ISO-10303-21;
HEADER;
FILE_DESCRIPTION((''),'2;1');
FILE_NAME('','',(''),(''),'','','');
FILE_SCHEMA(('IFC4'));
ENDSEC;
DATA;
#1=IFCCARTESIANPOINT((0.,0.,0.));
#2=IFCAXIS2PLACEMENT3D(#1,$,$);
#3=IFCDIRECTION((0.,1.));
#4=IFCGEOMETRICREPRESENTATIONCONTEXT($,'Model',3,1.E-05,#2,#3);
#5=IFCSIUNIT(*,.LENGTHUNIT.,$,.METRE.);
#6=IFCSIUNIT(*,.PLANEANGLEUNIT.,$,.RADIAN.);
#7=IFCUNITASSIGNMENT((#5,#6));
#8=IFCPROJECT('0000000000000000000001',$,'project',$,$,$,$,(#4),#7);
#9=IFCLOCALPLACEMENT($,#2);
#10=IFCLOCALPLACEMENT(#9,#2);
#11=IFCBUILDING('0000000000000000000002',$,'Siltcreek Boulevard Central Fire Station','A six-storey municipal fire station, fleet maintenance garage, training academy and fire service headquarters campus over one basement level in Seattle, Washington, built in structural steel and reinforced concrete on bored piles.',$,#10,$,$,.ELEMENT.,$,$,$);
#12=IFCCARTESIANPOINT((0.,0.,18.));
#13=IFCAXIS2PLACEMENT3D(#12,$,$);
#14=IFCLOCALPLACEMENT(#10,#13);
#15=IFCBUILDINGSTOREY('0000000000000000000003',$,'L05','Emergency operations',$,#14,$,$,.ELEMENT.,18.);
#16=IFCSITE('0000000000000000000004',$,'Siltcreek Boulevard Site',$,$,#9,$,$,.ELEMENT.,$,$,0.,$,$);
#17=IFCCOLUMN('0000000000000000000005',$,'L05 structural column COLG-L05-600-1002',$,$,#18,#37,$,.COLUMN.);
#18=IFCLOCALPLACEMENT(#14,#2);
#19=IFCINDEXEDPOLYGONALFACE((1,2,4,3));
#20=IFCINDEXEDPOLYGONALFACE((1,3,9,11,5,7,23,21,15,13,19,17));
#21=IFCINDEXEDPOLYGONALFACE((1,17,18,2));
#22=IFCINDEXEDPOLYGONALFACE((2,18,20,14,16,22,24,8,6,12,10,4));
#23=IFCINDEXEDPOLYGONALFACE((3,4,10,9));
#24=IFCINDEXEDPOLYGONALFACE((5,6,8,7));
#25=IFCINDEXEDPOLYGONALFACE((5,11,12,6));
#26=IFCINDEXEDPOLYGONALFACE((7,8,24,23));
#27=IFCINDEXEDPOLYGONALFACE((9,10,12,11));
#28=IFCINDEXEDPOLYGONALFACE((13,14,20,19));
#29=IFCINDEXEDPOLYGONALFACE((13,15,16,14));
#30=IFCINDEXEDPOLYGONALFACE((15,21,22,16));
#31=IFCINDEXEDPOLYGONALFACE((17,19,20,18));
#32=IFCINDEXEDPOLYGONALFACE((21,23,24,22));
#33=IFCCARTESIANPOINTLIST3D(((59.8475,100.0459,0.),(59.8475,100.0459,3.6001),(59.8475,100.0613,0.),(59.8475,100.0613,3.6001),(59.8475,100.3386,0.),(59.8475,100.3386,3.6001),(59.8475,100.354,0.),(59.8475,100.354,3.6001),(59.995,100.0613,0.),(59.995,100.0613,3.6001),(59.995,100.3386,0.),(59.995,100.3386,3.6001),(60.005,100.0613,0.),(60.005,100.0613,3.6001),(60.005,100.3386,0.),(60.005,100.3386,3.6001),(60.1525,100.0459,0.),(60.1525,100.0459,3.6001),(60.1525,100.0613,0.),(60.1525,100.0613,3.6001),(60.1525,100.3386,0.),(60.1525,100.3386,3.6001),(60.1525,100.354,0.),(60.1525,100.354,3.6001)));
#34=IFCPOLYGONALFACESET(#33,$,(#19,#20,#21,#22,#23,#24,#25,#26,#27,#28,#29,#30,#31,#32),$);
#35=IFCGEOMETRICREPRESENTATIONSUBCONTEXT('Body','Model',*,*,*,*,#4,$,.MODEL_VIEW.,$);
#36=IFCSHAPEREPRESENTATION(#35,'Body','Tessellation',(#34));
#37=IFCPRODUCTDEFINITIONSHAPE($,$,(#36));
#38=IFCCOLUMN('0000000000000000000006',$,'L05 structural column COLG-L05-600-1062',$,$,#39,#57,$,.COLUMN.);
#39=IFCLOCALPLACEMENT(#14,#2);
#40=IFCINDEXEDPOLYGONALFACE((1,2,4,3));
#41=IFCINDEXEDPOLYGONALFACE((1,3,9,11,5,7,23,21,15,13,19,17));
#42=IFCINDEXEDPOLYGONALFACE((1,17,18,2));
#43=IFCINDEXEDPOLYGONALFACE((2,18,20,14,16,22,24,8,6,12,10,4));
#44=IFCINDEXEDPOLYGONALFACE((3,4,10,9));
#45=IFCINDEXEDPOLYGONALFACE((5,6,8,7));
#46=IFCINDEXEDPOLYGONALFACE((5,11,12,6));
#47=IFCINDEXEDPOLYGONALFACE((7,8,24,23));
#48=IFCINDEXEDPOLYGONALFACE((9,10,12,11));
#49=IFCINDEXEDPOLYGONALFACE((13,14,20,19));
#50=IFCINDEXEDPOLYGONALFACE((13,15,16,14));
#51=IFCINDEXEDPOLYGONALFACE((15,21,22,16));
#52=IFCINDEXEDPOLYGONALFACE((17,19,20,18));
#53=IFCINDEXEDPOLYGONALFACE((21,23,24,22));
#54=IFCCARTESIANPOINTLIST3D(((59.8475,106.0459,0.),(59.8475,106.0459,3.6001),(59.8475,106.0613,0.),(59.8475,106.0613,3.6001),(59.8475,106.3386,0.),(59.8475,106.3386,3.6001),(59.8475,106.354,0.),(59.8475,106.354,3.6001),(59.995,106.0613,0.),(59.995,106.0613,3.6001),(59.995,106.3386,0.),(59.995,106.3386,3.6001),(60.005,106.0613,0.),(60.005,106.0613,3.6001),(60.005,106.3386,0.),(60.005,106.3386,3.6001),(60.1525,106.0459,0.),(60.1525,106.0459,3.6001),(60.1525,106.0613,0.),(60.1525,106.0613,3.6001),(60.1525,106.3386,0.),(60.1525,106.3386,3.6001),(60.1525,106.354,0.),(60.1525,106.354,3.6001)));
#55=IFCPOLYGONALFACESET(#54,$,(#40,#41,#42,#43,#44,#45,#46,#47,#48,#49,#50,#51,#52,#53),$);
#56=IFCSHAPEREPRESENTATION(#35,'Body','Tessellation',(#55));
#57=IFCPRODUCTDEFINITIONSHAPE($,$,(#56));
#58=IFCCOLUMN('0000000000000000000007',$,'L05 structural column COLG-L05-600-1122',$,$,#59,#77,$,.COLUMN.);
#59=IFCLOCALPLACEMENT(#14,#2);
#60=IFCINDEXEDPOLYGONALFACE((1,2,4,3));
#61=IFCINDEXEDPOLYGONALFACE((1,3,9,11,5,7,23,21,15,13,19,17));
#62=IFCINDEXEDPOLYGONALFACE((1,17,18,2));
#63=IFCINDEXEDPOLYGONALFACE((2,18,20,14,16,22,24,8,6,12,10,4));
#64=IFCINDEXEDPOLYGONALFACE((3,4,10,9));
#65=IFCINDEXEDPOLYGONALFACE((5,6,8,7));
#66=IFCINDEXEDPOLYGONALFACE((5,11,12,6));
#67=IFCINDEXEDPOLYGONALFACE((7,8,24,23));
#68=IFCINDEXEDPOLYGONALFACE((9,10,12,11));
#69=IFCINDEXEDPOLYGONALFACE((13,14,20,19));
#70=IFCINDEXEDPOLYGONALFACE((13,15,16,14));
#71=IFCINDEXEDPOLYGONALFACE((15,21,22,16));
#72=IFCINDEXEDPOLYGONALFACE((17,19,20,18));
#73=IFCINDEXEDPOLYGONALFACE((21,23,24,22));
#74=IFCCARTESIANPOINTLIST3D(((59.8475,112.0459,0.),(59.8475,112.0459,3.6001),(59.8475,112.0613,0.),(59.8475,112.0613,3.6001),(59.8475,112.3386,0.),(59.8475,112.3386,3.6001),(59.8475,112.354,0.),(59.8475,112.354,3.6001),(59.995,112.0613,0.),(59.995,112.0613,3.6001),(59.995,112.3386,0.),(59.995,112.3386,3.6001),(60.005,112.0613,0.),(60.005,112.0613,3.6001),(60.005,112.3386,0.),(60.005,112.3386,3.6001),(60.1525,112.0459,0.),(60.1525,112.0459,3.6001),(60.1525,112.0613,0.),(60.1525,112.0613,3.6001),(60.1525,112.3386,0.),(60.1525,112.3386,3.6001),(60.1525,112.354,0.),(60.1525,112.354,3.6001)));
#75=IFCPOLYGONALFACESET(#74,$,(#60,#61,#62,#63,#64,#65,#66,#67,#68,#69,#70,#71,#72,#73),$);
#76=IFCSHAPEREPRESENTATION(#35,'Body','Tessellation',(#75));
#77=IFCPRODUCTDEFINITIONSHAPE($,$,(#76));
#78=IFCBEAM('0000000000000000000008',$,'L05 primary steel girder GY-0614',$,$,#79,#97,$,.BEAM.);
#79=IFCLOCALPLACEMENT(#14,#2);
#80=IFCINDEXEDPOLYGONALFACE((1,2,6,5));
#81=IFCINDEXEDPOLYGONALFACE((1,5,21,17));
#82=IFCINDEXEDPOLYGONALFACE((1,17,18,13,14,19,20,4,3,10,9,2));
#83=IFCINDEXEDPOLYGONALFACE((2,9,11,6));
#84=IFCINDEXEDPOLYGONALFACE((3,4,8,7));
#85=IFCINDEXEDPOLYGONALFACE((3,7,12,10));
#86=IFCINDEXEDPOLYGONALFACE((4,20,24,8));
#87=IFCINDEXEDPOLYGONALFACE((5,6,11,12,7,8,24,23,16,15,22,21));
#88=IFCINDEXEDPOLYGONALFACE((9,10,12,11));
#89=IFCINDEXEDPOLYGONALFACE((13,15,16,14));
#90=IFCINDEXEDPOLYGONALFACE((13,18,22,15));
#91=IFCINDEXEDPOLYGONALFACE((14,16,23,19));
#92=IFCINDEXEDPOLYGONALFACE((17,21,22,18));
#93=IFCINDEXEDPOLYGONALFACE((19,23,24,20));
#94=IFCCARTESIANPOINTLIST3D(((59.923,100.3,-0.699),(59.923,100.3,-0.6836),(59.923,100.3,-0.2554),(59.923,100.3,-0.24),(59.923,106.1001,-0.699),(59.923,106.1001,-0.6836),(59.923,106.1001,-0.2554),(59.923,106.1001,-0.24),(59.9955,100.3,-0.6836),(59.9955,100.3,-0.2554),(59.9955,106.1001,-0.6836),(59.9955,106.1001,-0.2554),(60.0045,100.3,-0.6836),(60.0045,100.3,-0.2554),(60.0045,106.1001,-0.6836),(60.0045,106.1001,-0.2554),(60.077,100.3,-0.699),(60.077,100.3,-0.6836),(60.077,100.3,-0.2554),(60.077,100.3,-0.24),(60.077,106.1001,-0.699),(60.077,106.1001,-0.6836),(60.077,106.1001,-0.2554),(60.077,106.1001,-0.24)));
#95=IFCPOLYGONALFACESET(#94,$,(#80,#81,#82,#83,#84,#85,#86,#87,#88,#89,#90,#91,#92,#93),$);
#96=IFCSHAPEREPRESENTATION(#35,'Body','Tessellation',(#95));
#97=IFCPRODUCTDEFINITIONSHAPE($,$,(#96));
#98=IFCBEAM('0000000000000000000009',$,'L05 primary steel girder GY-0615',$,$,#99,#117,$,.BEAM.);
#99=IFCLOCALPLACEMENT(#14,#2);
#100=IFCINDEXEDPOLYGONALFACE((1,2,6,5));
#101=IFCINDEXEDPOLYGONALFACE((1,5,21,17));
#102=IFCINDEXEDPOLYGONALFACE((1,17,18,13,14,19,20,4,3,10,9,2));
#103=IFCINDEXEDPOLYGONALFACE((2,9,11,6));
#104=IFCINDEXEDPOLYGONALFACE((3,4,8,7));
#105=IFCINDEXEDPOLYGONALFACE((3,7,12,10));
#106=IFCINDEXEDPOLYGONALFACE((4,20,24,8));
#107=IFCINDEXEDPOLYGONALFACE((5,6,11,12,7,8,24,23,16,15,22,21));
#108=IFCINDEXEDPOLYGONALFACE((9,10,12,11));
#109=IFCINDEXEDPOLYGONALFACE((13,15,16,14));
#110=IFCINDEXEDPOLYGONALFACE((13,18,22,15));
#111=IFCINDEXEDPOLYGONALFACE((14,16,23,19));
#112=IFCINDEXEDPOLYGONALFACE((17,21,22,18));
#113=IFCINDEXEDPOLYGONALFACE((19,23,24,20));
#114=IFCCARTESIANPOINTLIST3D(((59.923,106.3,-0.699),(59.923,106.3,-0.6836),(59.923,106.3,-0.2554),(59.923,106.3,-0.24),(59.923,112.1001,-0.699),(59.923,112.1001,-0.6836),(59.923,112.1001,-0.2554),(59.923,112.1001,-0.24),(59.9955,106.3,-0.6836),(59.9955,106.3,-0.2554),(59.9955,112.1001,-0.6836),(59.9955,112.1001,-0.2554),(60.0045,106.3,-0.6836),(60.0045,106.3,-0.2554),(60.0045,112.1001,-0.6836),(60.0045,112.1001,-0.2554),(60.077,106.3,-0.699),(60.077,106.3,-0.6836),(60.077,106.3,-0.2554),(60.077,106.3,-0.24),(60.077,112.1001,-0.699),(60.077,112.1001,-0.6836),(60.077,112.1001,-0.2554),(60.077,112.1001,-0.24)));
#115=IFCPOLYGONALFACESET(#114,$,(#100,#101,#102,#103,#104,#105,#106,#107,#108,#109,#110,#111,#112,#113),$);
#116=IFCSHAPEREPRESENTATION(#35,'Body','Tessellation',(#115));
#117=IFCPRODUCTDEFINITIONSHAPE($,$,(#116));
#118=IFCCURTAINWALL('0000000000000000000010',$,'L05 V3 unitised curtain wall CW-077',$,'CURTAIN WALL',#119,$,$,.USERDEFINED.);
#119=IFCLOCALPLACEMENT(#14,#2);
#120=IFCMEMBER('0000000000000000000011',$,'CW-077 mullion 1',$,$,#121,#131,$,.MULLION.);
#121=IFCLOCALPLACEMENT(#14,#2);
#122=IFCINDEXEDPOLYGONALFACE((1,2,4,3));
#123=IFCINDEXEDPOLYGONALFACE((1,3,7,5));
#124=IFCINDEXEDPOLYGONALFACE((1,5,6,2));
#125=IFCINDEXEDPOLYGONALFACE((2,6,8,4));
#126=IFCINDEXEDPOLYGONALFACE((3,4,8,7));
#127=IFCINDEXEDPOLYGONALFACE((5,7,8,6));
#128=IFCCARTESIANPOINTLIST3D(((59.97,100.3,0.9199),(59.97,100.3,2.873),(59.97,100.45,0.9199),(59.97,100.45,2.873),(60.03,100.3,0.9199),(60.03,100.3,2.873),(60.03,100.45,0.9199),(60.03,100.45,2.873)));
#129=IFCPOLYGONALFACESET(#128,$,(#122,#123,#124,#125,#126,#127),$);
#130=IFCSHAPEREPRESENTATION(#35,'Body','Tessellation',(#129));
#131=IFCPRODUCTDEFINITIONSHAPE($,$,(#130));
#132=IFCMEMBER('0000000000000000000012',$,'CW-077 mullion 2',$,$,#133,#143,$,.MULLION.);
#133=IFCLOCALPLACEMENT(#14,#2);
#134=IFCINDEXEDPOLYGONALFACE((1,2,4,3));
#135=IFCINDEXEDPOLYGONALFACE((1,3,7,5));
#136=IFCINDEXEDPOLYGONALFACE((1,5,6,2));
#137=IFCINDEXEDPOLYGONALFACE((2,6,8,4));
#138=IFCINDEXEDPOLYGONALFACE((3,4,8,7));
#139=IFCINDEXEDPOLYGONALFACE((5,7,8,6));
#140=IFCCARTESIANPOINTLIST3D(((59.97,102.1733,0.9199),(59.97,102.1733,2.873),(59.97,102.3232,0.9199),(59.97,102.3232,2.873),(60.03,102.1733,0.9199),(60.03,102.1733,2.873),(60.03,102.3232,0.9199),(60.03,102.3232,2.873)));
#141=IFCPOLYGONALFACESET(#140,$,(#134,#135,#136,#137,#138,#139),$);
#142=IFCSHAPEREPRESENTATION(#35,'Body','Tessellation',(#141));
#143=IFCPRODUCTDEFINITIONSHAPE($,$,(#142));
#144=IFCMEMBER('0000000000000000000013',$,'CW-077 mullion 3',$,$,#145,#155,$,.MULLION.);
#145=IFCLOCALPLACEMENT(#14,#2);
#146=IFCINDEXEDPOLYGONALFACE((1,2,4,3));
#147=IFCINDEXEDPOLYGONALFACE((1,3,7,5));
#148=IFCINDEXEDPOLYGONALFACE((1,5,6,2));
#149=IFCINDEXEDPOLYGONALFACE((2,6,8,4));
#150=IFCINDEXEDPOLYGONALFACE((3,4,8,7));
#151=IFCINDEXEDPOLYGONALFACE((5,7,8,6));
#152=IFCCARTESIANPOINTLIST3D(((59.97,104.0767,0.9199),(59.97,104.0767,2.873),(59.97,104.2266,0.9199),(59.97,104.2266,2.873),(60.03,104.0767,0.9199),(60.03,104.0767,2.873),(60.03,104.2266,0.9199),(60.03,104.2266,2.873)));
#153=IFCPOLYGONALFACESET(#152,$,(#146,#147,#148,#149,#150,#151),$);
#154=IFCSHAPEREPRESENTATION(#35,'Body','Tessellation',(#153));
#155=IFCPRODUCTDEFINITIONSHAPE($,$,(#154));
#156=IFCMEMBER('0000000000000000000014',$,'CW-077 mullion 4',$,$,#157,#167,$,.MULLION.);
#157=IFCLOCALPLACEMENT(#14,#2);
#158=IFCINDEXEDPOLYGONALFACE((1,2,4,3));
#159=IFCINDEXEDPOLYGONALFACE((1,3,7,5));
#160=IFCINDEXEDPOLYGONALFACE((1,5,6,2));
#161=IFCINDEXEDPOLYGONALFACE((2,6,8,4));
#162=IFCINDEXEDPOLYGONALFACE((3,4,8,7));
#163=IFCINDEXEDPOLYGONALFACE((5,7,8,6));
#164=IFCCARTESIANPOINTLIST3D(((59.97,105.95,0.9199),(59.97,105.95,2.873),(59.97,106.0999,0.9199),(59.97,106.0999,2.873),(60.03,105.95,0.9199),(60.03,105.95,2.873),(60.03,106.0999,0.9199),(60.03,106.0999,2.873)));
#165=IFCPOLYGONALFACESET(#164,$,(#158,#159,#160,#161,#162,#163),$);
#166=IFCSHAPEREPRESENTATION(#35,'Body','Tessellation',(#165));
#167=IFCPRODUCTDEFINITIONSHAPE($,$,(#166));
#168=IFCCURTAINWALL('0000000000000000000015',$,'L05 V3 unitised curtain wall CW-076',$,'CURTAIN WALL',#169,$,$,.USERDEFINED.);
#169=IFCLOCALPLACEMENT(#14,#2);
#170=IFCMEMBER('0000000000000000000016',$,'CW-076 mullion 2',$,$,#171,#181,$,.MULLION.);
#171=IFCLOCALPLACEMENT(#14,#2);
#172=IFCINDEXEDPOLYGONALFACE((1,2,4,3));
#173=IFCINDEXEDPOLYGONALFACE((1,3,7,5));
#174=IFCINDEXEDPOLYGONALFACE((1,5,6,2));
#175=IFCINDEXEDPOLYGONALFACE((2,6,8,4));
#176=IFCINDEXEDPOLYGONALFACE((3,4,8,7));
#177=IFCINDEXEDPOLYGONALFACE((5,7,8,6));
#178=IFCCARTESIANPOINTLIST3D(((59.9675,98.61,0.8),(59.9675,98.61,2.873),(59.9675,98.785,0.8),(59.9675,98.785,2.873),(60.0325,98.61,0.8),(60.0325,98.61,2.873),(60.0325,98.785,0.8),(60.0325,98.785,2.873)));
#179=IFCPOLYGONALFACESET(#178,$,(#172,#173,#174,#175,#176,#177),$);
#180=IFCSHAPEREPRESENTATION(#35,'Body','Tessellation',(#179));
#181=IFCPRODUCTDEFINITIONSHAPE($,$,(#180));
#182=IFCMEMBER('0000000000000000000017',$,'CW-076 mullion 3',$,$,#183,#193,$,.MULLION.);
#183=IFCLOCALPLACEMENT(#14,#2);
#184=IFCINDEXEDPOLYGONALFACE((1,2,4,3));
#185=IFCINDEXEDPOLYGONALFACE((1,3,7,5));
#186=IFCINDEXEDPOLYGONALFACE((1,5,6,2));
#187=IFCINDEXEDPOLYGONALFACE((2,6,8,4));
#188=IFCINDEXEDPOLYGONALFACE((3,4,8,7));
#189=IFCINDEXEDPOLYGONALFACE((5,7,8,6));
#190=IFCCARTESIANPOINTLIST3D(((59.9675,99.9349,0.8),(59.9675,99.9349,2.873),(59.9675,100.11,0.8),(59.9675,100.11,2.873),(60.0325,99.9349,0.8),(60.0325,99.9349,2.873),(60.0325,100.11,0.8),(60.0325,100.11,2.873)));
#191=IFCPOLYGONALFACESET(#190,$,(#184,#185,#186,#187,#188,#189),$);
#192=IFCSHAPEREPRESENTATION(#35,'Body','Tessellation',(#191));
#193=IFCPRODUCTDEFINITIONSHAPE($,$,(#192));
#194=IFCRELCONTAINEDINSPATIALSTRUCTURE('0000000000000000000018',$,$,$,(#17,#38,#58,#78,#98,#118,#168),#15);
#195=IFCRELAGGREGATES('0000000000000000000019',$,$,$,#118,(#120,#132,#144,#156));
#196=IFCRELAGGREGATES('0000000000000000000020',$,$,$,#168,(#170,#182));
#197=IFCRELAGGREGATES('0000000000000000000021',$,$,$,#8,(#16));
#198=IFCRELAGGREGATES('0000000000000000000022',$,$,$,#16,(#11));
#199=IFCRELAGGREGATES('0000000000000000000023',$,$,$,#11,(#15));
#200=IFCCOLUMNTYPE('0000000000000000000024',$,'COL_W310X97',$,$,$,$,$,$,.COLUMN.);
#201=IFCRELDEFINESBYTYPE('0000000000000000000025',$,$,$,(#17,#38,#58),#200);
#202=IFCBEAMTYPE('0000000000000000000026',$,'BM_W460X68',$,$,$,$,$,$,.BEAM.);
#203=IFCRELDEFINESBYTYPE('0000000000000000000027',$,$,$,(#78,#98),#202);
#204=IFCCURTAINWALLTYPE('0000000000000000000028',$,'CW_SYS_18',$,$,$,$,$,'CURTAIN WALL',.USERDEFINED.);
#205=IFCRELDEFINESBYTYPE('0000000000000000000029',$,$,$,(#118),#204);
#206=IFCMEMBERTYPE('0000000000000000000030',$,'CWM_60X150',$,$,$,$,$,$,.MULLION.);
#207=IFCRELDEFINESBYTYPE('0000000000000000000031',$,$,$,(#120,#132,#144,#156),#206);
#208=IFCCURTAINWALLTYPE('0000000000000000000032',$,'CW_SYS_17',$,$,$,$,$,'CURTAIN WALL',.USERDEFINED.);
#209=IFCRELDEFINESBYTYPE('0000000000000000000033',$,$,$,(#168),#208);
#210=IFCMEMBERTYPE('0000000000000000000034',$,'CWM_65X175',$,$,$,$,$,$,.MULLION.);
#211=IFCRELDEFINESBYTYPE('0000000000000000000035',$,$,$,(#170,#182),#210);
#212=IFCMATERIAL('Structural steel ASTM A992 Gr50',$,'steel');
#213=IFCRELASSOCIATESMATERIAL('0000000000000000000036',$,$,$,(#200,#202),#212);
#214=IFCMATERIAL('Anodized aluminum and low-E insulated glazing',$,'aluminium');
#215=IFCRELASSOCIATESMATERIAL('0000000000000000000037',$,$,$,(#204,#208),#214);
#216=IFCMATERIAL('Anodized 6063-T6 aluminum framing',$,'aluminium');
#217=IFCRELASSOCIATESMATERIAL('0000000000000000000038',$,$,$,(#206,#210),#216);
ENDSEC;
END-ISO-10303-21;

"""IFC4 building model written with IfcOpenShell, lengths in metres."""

from ifc_helpers import new_model, si_unit, direction, frame, origin, origin_2d, place, context, subcontext, project, spatial, rectangle, i_section, extrude, material, material_profile, profile_set, type_object, element, aggregate, save


model = new_model("IFC4")

# Units and contexts
model_context = context("Model", 3, precision=1e-05, world=origin(), true_north=direction((0.0, 1.0)))
body_context = subcontext(model_context, "Body", "Model", "MODEL_VIEW")
ifc_project = project(units=[si_unit("LENGTHUNIT", "METRE"), si_unit("PLANEANGLEUNIT", "RADIAN")], contexts=[model_context])

# Site, building, storey
site_placement = place(None, origin())
site = spatial("IfcSite", under=ifc_project, at=site_placement, Name="Siltcreek Boulevard Site", CompositionType="ELEMENT", RefElevation=0.0)
building_placement = place(site_placement, origin())
building = spatial("IfcBuilding", under=site, at=building_placement, Name="Siltcreek Boulevard Central Fire Station", Description="A six-storey municipal fire station, fleet maintenance garage, training academy and fire service headquarters campus over one basement level in Seattle, Washington, built in structural steel and reinforced concrete on bored piles.", CompositionType="ELEMENT")
storey_placement = place(building_placement, frame((0.0, 0.0, 18.0)))
storey = spatial("IfcBuildingStorey", under=building, at=storey_placement, Name="L05", Description="Emergency operations", CompositionType="ELEMENT", Elevation=18.0)

# Columns
ifc_material_1 = material(Name="Structural steel ASTM A992 Gr50", Category="steel")
ifc_material_profile_1 = material_profile(ifc_material_1, i_section(OverallWidth=0.3049, OverallDepth=0.3081, WebThickness=0.01, FlangeThickness=0.0154, at=origin_2d()), Name="W310X97")
ifc_profile_set_1 = profile_set([ifc_material_profile_1], Name="Structural steel ASTM A992 Gr50")
column_type = type_object("IfcColumnType", Name="COL_W310X97", PredefinedType="COLUMN", material=ifc_profile_set_1)
for number, where, z_axis, x_axis, name in (
    (1, (60.0, 100.2, 0.0), (0.0, 0.0, 1.0), (1.0, 0.0, 0.0), "L05 structural column COLG-L05-600-1002"),
    (2, (60.0, 106.2, 0.0), (0.0, 0.0, 1.0), (1.0, 0.0, 0.0), "L05 structural column COLG-L05-600-1062"),
    (3, (60.0, 112.2, 0.0), (0.0, 0.0, 1.0), (1.0, 0.0, 0.0), "L05 structural column COLG-L05-600-1122"),
):
    element("IfcColumn", number, at=place(storey_placement, frame(where, z_axis=z_axis, x_axis=x_axis)), inside=storey, type_object=column_type, Name=name, PredefinedType="COLUMN", context=body_context, shape_type="SweptSolid", body=[
        extrude(i_section(OverallWidth=0.3049, OverallDepth=0.3081, WebThickness=0.01, FlangeThickness=0.0154, at=origin_2d()), origin(), (0.0, 0.0, 1.0), 3.6001),
    ])

# Beams
ifc_material_profile_2 = material_profile(ifc_material_1, i_section(OverallWidth=0.1541, OverallDepth=0.459, WebThickness=0.009, FlangeThickness=0.0154, at=origin_2d()), Name="W460X68")
ifc_profile_set_2 = profile_set([ifc_material_profile_2], Name="Structural steel ASTM A992 Gr50")
beam_type_1 = type_object("IfcBeamType", Name="BM_W460X68", PredefinedType="BEAM", material=ifc_profile_set_2)
for number, where, z_axis, x_axis, name in (
    (4, (60.0, 100.3, -0.4695), (0.0, 1.0, 0.0), (-1.0, 0.0, 0.0), "L05 primary steel girder GY-0614"),
    (5, (60.0, 106.3, -0.4695), (0.0, 1.0, 0.0), (-1.0, 0.0, 0.0), "L05 primary steel girder GY-0615"),
):
    element("IfcBeam", number, at=place(storey_placement, frame(where, z_axis=z_axis, x_axis=x_axis)), inside=storey, type_object=beam_type_1, Name=name, PredefinedType="BEAM", context=body_context, shape_type="SweptSolid", body=[
        extrude(i_section(OverallWidth=0.1541, OverallDepth=0.459, WebThickness=0.009, FlangeThickness=0.0154, at=origin_2d()), origin(), (0.0, 0.0, 1.0), 5.8),
    ])

# Curtain walls, members
ifc_material_2 = material(Name="Anodized aluminum and low-E insulated glazing", Category="aluminium")
curtain_wall_type_1 = type_object("IfcCurtainWallType", Name="CW_SYS_18", ElementType="CURTAIN WALL", PredefinedType="USERDEFINED", material=ifc_material_2)
curtain_wall_1_placement = place(storey_placement, origin())
curtain_wall_1 = element("IfcCurtainWall", 6, at=curtain_wall_1_placement, inside=storey, type_object=curtain_wall_type_1, Name="L05 V3 unitised curtain wall CW-077", ObjectType="CURTAIN WALL", PredefinedType="USERDEFINED")
ifc_material_3 = material(Name="Anodized 6063-T6 aluminum framing", Category="aluminium")
ifc_material_profile_3 = material_profile(ifc_material_3, rectangle(XDim=0.0601, YDim=0.1499, at=origin_2d()), Name="MULL60X150")
ifc_profile_set_3 = profile_set([ifc_material_profile_3], Name="Anodized 6063-T6 aluminum framing")
member_type_1 = type_object("IfcMemberType", Name="CWM_60X150", PredefinedType="MULLION", material=ifc_profile_set_3)
member_1_placement = place(storey_placement, frame((60.0, 100.375, 0.9199), z_axis=(0.0, 0.0, 1.0), x_axis=(-1.0, 0.0, 0.0)))
member_1 = element("IfcMember", 7, at=member_1_placement, type_object=member_type_1, Name="CW-077 mullion 1", PredefinedType="MULLION", context=body_context, shape_type="SweptSolid", body=[
    extrude(rectangle(XDim=0.0601, YDim=0.1499, at=origin_2d()), origin(), (0.0, 0.0, 1.0), 1.9531),
])
member_2_placement = place(storey_placement, frame((60.0, 102.2483, 0.9199), z_axis=(0.0, 0.0, 1.0), x_axis=(-1.0, 0.0, 0.0)))
member_2 = element("IfcMember", 8, at=member_2_placement, type_object=member_type_1, Name="CW-077 mullion 2", PredefinedType="MULLION", context=body_context, shape_type="SweptSolid", body=[
    extrude(rectangle(XDim=0.0601, YDim=0.1499, at=origin_2d()), origin(), (0.0, 0.0, 1.0), 1.9531),
])
member_3_placement = place(storey_placement, frame((60.0, 104.1516, 0.9199), z_axis=(0.0, 0.0, 1.0), x_axis=(-1.0, 0.0, 0.0)))
member_3 = element("IfcMember", 9, at=member_3_placement, type_object=member_type_1, Name="CW-077 mullion 3", PredefinedType="MULLION", context=body_context, shape_type="SweptSolid", body=[
    extrude(rectangle(XDim=0.0601, YDim=0.1499, at=origin_2d()), origin(), (0.0, 0.0, 1.0), 1.9531),
])
member_4_placement = place(storey_placement, frame((60.0, 106.0249, 0.9199), z_axis=(0.0, 0.0, 1.0), x_axis=(-1.0, 0.0, 0.0)))
member_4 = element("IfcMember", 10, at=member_4_placement, type_object=member_type_1, Name="CW-077 mullion 4", PredefinedType="MULLION", context=body_context, shape_type="SweptSolid", body=[
    extrude(rectangle(XDim=0.0601, YDim=0.1499, at=origin_2d()), origin(), (0.0, 0.0, 1.0), 1.9531),
])
aggregate(curtain_wall_1, [member_1, member_2, member_3, member_4])
curtain_wall_type_2 = type_object("IfcCurtainWallType", Name="CW_SYS_17", ElementType="CURTAIN WALL", PredefinedType="USERDEFINED", material=ifc_material_2)
curtain_wall_2_placement = place(storey_placement, origin())
curtain_wall_2 = element("IfcCurtainWall", 11, at=curtain_wall_2_placement, inside=storey, type_object=curtain_wall_type_2, Name="L05 V3 unitised curtain wall CW-076", ObjectType="CURTAIN WALL", PredefinedType="USERDEFINED")
ifc_material_profile_4 = material_profile(ifc_material_3, rectangle(XDim=0.0649, YDim=0.175, at=origin_2d()), Name="MULL65X175")
ifc_profile_set_4 = profile_set([ifc_material_profile_4], Name="Anodized 6063-T6 aluminum framing")
member_type_2 = type_object("IfcMemberType", Name="CWM_65X175", PredefinedType="MULLION", material=ifc_profile_set_4)
member_5_placement = place(storey_placement, frame((60.0, 98.6975, 0.8), z_axis=(0.0, 0.0, 1.0), x_axis=(-1.0, 0.0, 0.0)))
member_5 = element("IfcMember", 12, at=member_5_placement, type_object=member_type_2, Name="CW-076 mullion 2", PredefinedType="MULLION", context=body_context, shape_type="SweptSolid", body=[
    extrude(rectangle(XDim=0.0649, YDim=0.175, at=origin_2d()), origin(), (0.0, 0.0, 1.0), 2.073),
])
member_6_placement = place(storey_placement, frame((60.0, 100.0225, 0.8), z_axis=(0.0, 0.0, 1.0), x_axis=(-1.0, 0.0, 0.0)))
member_6 = element("IfcMember", 13, at=member_6_placement, type_object=member_type_2, Name="CW-076 mullion 3", PredefinedType="MULLION", context=body_context, shape_type="SweptSolid", body=[
    extrude(rectangle(XDim=0.0649, YDim=0.175, at=origin_2d()), origin(), (0.0, 0.0, 1.0), 2.073),
])

aggregate(curtain_wall_2, [member_5, member_6])

save(model, "model.ifc")
